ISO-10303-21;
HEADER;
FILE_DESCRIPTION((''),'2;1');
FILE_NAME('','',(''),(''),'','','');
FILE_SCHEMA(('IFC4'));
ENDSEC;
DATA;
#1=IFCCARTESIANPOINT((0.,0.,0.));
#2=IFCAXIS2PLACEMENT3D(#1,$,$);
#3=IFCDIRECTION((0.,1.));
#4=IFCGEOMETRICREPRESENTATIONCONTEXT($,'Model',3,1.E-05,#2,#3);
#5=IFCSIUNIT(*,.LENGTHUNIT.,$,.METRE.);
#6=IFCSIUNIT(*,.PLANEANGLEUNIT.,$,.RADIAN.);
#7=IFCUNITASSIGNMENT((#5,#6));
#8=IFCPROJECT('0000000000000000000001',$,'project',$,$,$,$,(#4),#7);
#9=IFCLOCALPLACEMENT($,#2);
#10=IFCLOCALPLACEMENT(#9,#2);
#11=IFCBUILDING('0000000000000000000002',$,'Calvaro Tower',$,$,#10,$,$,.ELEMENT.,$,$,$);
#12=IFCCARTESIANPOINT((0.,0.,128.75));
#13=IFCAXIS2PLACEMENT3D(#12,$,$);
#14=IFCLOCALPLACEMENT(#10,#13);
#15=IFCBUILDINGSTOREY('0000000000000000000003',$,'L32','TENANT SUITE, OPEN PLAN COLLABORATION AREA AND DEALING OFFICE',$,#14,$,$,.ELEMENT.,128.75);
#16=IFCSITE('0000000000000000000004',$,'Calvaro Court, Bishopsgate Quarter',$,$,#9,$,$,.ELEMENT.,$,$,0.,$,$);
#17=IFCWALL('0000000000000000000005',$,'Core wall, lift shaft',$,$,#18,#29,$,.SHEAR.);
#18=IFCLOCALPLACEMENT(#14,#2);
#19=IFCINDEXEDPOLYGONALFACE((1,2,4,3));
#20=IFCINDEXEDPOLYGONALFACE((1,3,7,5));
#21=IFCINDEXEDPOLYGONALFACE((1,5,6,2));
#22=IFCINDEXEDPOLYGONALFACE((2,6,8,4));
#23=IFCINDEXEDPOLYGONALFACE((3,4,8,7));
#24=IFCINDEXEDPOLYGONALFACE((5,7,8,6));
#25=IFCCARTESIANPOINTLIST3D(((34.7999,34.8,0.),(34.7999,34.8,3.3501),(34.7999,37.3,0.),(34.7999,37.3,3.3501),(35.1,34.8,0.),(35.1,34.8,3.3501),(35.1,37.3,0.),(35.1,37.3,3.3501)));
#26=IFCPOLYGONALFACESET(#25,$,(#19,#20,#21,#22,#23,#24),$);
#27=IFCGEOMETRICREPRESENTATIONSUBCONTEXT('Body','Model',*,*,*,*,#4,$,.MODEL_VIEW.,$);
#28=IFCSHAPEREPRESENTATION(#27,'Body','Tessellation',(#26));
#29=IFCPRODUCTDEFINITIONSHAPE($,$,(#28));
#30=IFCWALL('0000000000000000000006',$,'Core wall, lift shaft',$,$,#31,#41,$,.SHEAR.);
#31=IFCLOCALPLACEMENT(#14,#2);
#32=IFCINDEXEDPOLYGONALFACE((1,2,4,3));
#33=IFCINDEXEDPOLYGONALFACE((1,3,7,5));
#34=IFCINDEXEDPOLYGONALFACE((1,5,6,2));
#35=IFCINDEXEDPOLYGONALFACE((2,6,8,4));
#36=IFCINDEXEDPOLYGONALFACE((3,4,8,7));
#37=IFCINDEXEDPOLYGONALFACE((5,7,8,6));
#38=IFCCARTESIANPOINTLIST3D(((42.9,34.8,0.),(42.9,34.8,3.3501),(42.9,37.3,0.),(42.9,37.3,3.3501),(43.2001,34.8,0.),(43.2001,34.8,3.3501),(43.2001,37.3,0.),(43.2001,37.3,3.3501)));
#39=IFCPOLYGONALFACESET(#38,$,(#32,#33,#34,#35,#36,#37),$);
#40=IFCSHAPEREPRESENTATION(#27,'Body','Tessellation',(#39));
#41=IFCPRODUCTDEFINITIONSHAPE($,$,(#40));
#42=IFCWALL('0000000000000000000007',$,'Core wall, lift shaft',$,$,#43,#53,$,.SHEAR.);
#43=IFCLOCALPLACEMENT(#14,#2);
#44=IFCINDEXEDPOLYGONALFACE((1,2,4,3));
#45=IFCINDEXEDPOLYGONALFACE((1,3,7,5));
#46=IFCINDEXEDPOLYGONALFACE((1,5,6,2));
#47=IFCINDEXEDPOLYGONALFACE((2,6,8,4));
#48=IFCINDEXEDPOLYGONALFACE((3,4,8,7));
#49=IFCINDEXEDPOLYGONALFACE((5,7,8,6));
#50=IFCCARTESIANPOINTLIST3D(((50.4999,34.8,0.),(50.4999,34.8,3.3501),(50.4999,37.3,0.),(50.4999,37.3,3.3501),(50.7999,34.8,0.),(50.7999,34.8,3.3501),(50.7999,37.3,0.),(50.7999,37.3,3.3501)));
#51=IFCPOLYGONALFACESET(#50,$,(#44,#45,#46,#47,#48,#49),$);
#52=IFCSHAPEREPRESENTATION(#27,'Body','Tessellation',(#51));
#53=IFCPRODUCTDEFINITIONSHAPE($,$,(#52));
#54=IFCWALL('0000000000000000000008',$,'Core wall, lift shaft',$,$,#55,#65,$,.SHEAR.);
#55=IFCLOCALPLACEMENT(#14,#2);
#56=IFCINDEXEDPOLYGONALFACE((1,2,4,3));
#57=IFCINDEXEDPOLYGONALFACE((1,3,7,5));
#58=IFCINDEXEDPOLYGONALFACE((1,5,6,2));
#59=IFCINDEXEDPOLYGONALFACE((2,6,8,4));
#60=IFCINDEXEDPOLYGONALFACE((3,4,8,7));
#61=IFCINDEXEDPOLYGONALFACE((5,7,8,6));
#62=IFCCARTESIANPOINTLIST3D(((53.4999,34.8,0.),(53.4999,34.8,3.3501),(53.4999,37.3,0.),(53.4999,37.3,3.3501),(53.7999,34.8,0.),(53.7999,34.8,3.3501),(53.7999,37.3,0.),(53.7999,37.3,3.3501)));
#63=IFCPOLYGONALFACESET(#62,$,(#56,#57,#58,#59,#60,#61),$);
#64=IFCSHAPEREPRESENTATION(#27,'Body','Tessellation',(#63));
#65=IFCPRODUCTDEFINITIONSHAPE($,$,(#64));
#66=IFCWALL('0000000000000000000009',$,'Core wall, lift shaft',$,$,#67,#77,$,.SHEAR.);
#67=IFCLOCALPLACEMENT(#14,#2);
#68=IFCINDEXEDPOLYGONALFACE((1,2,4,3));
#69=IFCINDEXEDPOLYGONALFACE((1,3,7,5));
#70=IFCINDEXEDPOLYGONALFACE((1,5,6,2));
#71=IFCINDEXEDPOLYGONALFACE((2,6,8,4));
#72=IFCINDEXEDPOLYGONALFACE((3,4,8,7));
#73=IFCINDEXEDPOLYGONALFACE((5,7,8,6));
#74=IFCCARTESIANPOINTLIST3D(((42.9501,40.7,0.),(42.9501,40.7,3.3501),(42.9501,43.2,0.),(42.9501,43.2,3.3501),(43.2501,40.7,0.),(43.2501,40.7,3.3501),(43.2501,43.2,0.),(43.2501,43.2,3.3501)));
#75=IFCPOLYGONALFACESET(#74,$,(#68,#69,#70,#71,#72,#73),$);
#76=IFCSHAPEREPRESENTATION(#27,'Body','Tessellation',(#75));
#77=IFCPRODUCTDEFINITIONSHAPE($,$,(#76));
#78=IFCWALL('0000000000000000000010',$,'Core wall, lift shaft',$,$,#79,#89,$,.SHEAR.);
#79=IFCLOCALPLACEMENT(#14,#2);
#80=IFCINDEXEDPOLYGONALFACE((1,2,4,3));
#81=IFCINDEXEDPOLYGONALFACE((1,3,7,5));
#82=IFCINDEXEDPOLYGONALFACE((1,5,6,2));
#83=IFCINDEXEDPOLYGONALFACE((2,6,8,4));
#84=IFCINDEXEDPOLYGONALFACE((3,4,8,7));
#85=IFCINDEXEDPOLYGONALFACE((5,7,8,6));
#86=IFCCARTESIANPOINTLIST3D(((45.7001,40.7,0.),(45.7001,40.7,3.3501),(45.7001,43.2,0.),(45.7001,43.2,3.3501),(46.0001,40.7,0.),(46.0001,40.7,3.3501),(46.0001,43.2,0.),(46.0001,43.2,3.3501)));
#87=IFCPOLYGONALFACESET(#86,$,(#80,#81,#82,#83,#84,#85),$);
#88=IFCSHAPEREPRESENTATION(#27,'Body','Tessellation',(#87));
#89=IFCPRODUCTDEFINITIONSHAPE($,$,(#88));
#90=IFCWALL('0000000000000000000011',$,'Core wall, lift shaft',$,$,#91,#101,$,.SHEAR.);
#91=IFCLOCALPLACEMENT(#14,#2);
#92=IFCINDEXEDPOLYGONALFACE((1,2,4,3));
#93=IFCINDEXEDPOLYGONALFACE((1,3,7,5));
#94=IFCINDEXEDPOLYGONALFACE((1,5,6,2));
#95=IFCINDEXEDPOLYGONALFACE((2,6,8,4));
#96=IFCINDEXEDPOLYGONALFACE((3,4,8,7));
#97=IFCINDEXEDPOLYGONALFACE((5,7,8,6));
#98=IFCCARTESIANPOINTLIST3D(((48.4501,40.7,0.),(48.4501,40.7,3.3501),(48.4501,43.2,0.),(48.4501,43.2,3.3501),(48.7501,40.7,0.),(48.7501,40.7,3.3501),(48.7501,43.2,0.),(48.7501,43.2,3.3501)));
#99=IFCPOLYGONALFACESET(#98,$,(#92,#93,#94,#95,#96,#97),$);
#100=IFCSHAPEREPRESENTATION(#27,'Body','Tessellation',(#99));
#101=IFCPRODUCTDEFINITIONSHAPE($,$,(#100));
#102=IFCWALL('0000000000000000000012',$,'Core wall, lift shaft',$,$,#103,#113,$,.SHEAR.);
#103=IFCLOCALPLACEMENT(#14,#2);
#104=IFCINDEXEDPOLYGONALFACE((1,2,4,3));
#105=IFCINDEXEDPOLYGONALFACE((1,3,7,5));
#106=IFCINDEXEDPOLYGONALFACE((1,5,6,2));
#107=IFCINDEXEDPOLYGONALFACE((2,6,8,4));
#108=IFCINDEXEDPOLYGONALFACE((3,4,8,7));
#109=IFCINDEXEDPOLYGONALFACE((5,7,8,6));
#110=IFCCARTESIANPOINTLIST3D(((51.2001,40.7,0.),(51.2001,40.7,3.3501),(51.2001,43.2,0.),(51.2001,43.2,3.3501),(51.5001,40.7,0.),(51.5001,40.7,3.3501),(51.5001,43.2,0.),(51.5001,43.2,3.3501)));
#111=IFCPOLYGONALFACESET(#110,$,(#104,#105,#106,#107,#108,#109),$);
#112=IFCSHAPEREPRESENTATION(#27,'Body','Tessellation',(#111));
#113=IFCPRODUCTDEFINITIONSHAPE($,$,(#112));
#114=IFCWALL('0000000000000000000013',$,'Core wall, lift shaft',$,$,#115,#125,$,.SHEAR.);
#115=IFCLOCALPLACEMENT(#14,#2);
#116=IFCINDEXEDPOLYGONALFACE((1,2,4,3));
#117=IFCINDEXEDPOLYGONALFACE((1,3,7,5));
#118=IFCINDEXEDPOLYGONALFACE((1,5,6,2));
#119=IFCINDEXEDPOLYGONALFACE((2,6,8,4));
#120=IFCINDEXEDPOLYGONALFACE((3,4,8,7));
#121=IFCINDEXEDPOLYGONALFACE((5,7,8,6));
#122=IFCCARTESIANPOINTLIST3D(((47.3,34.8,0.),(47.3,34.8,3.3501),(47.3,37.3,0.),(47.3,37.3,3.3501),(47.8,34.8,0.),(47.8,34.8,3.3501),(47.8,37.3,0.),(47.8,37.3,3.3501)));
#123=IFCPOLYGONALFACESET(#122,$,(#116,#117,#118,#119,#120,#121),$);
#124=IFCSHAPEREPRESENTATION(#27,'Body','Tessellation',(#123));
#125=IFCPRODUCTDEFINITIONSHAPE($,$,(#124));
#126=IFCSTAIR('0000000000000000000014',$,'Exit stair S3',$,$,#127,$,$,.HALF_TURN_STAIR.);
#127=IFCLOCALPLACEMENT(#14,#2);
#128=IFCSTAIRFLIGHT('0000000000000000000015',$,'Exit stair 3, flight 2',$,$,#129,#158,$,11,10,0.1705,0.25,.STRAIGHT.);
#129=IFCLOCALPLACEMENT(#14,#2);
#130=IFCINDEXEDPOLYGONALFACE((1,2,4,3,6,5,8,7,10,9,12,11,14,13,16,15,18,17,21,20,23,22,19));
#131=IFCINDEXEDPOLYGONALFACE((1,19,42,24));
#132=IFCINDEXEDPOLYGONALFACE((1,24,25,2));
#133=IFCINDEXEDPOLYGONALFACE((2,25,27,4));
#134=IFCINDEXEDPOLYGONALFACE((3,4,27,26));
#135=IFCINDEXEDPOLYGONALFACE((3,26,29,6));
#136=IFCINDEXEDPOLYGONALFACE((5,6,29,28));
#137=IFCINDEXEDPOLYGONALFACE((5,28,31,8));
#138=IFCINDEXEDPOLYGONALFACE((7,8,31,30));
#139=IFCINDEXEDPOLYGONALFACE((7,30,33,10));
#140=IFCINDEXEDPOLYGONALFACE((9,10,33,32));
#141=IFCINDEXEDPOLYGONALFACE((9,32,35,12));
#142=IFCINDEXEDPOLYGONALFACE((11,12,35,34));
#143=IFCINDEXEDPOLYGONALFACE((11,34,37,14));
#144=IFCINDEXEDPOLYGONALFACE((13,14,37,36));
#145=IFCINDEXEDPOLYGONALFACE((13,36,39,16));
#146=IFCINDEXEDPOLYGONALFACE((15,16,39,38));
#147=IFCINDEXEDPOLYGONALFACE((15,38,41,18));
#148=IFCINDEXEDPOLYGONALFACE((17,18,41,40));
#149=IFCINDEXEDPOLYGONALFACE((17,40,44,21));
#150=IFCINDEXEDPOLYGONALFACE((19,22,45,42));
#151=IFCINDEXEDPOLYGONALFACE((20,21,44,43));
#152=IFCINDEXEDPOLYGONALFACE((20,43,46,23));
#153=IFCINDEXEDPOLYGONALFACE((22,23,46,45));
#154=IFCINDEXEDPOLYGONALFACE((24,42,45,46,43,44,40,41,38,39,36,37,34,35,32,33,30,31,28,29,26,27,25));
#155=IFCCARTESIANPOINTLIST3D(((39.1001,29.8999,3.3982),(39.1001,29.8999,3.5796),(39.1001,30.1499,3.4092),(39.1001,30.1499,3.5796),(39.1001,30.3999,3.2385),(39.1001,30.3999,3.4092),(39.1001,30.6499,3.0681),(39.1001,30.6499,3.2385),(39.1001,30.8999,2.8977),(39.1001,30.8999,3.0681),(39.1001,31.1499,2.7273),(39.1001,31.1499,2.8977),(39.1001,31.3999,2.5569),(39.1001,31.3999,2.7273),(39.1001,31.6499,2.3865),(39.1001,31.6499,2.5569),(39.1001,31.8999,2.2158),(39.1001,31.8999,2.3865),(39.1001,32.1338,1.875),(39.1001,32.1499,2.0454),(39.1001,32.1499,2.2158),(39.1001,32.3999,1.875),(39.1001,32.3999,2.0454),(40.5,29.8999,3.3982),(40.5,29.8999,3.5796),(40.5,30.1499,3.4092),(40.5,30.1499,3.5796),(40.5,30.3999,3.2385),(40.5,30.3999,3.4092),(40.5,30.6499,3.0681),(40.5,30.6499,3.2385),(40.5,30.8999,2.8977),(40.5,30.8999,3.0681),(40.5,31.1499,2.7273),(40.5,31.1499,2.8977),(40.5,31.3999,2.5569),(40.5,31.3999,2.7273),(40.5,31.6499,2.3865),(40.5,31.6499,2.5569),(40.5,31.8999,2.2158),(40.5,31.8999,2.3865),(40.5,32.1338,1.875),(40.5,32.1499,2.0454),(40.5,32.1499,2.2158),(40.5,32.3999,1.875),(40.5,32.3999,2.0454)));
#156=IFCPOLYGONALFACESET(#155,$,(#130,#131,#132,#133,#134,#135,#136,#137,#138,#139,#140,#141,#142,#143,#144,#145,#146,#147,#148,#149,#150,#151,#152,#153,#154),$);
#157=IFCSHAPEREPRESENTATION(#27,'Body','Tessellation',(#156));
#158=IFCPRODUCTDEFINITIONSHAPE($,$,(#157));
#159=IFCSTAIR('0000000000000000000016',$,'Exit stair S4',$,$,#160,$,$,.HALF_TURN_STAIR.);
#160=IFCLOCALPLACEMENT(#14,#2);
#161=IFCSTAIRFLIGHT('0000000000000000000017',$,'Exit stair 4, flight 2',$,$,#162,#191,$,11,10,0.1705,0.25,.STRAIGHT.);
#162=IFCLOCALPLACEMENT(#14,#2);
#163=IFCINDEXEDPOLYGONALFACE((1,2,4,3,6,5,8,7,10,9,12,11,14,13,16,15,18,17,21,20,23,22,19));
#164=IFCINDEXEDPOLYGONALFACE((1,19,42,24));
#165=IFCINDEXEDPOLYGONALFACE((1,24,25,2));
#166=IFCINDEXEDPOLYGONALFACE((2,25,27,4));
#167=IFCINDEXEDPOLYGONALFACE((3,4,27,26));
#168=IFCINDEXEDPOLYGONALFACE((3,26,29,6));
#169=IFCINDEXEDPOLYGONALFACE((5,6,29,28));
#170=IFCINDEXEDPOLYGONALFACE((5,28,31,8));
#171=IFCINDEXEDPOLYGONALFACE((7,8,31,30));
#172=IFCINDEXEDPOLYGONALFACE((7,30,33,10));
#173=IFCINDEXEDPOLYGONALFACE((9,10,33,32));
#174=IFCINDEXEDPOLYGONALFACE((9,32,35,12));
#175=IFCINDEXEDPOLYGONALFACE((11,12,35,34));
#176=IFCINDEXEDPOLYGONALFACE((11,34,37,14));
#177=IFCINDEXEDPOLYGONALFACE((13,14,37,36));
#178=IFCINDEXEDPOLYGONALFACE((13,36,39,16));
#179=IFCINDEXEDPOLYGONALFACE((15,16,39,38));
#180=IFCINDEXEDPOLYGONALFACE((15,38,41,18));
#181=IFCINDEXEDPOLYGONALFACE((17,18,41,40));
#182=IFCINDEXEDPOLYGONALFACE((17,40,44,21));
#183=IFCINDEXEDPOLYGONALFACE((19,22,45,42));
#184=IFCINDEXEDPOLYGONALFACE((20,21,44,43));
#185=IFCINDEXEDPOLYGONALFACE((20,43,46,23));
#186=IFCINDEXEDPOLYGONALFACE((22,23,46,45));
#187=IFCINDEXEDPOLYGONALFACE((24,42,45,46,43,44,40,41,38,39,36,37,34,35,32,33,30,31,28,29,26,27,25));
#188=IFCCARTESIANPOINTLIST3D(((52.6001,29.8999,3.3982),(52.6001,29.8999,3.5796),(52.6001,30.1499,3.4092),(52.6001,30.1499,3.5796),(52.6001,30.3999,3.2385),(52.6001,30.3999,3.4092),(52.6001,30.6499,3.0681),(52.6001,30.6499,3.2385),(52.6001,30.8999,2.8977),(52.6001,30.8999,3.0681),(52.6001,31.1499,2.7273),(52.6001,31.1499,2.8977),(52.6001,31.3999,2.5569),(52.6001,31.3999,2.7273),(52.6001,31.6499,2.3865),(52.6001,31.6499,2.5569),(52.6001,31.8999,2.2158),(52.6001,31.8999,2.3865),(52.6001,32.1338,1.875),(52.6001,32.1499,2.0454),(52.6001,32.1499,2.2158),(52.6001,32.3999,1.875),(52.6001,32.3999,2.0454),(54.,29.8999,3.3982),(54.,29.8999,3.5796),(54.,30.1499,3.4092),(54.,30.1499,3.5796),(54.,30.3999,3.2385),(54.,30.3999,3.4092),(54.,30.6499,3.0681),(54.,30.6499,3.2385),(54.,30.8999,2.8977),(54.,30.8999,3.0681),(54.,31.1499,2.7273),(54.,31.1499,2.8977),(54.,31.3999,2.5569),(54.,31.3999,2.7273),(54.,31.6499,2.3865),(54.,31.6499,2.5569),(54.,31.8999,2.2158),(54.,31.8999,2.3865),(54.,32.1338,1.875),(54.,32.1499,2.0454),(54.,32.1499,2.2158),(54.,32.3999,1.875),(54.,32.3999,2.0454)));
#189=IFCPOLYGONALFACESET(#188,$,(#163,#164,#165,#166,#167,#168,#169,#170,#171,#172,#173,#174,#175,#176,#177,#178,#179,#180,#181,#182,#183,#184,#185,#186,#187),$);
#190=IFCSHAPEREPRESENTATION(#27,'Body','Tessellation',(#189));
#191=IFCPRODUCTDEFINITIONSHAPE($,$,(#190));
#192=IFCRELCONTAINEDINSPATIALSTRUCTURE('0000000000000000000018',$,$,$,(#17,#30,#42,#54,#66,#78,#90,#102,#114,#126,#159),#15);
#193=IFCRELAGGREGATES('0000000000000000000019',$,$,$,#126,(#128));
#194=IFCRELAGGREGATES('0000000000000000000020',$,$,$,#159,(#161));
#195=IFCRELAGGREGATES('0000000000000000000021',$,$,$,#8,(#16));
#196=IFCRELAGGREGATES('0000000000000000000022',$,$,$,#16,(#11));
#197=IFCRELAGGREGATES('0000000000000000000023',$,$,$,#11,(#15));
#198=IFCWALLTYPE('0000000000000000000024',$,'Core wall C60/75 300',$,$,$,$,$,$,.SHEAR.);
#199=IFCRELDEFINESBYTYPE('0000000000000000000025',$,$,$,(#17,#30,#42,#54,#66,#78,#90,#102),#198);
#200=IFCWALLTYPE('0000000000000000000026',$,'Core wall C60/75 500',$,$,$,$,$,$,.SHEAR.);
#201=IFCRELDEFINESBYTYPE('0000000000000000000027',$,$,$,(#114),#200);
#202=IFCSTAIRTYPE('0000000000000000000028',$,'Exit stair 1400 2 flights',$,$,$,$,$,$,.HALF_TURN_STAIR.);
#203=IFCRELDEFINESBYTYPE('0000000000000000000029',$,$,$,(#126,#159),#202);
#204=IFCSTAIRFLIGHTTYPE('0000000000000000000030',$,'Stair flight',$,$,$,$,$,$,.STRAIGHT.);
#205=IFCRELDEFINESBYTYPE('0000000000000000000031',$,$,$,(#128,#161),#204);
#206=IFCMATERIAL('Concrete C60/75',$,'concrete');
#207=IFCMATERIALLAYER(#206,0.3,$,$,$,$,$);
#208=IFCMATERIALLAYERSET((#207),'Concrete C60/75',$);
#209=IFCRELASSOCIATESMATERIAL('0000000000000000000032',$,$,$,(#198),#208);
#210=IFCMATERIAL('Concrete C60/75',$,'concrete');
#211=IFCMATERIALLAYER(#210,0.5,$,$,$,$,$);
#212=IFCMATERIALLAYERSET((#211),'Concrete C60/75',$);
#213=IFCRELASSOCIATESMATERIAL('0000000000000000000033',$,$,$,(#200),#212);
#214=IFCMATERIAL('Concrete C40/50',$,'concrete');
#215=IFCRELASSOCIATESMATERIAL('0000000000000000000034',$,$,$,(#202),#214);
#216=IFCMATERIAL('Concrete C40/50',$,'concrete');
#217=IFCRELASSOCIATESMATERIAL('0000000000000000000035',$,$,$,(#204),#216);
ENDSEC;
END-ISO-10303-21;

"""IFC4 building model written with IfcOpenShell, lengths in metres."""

from ifc_helpers import new_model, si_unit, direction, frame, frame_2d, origin, place, context, subcontext, project, spatial, polyline, rectangle, outline, extrude, material, layer, layer_set, type_object, element, aggregate, save


model = new_model("IFC4")

# Units and contexts
model_context = context("Model", 3, precision=1e-05, world=origin(), true_north=direction((0.0, 1.0)))
body_context = subcontext(model_context, "Body", "Model", "MODEL_VIEW")
ifc_project = project(units=[si_unit("LENGTHUNIT", "METRE"), si_unit("PLANEANGLEUNIT", "RADIAN")], contexts=[model_context])

# Site, building, storey
site_placement = place(None, origin())
site = spatial("IfcSite", under=ifc_project, at=site_placement, Name="Calvaro Court, Bishopsgate Quarter", CompositionType="ELEMENT", RefElevation=0.0)
building_placement = place(site_placement, origin())
building = spatial("IfcBuilding", under=site, at=building_placement, Name="Calvaro Tower", CompositionType="ELEMENT")
storey_placement = place(building_placement, frame((0.0, 0.0, 128.75)))
storey = spatial("IfcBuildingStorey", under=building, at=storey_placement, Name="L32", Description="TENANT SUITE, OPEN PLAN COLLABORATION AREA AND DEALING OFFICE", CompositionType="ELEMENT", Elevation=128.75)

# Shared definitions
ifc_material_1 = material(Name="Concrete C60/75", Category="concrete")
ifc_layer_1 = layer(ifc_material_1, 0.3)
ifc_layer_set_1 = layer_set([ifc_layer_1], Name="Concrete C60/75")
wall_type_1 = type_object("IfcWallType", Name="Core wall C60/75 300", PredefinedType="SHEAR", material=ifc_layer_set_1)

# Walls
for number, where, z_axis, x_axis, name in (
    (1, (34.95, 34.8, 0.0), (0.0, 0.0, 1.0), (0.0, 1.0, 0.0), "Core wall, lift shaft"),
    (2, (43.05, 34.8, 0.0), (0.0, 0.0, 1.0), (0.0, 1.0, 0.0), "Core wall, lift shaft"),
    (3, (50.6499, 34.8, 0.0), (0.0, 0.0, 1.0), (0.0, 1.0, 0.0), "Core wall, lift shaft"),
    (4, (53.6499, 34.8, 0.0), (0.0, 0.0, 1.0), (0.0, 1.0, 0.0), "Core wall, lift shaft"),
    (5, (43.1001, 40.7, 0.0), (0.0, 0.0, 1.0), (0.0, 1.0, 0.0), "Core wall, lift shaft"),
    (6, (45.8501, 40.7, 0.0), (0.0, 0.0, 1.0), (0.0, 1.0, 0.0), "Core wall, lift shaft"),
    (7, (48.6001, 40.7, 0.0), (0.0, 0.0, 1.0), (0.0, 1.0, 0.0), "Core wall, lift shaft"),
    (8, (51.3501, 40.7, 0.0), (0.0, 0.0, 1.0), (0.0, 1.0, 0.0), "Core wall, lift shaft"),
):
    element("IfcWall", number, at=place(storey_placement, frame(where, z_axis=z_axis, x_axis=x_axis)), inside=storey, type_object=wall_type_1, Name=name, PredefinedType="SHEAR", context=body_context, shape_type="SweptSolid", body=[
        extrude(rectangle(XDim=2.5, YDim=0.3, at=frame_2d((1.25, 0.0))), origin(), (0.0, 0.0, 1.0), 3.3501),
    ])
ifc_material_2 = material(Name="Concrete C60/75", Category="concrete")
ifc_layer_2 = layer(ifc_material_2, 0.5)
ifc_layer_set_2 = layer_set([ifc_layer_2], Name="Concrete C60/75")
wall_type_2 = type_object("IfcWallType", Name="Core wall C60/75 500", PredefinedType="SHEAR", material=ifc_layer_set_2)
wall_1_placement = place(storey_placement, frame((47.55, 34.8, 0.0), z_axis=(0.0, 0.0, 1.0), x_axis=(0.0, 1.0, 0.0)))
element("IfcWall", 9, at=wall_1_placement, inside=storey, type_object=wall_type_2, Name="Core wall, lift shaft", PredefinedType="SHEAR", context=body_context, shape_type="SweptSolid", body=[
    extrude(rectangle(XDim=2.5, YDim=0.5, at=frame_2d((1.25, 0.0))), origin(), (0.0, 0.0, 1.0), 3.3501),
])

# Stairs, stair flights
ifc_material_3 = material(Name="Concrete C40/50", Category="concrete")
stair_type = type_object("IfcStairType", Name="Exit stair 1400 2 flights", PredefinedType="HALF_TURN_STAIR", material=ifc_material_3)
stair_1_placement = place(storey_placement, origin())
stair_1 = element("IfcStair", 10, at=stair_1_placement, inside=storey, type_object=stair_type, Name="Exit stair S3", PredefinedType="HALF_TURN_STAIR")
ifc_material_4 = material(Name="Concrete C40/50", Category="concrete")
stair_flight_type = type_object("IfcStairFlightType", Name="Stair flight", PredefinedType="STRAIGHT", material=ifc_material_4)
stair_flight_1_placement = place(storey_placement, frame((39.8, 32.3999, 1.875), z_axis=(0.0, 0.0, 1.0), x_axis=(0.0, -1.0, 0.0)))
stair_flight_1 = element("IfcStairFlight", 11, at=stair_flight_1_placement, type_object=stair_flight_type, Name="Exit stair 3, flight 2", NumberOfRisers=11, NumberOfTreads=10, PredefinedType="STRAIGHT", RiserHeight=0.1705, TreadLength=0.25, context=body_context, shape_type="SweptSolid", body=[
    extrude(outline(polyline([(0.0, 0.0), (0.0, 0.1704), (0.25, 0.1704), (0.25, 0.3408), (0.5, 0.3408), (0.5, 0.5115), (0.75, 0.5115), (0.75, 0.6819), (1.0, 0.6819), (1.0, 0.8523), (1.25, 0.8523), (1.25, 1.0227), (1.5, 1.0227), (1.5, 1.1931), (1.75, 1.1931), (1.75, 1.3635), (2.0, 1.3635), (2.0, 1.5342), (2.25, 1.5342), (2.25, 1.7046), (2.5, 1.7046), (2.5, 1.875), (2.5, 1.5232), (0.2661, 0.0), (0.0, 0.0)])), frame((0.0, 0.7, 0.0), z_axis=(0.0, -1.0, 0.0), x_axis=(1.0, 0.0, 0.0)), (0.0, 0.0, 1.0), 1.3999),
])
stair_2_placement = place(storey_placement, origin())
stair_2 = element("IfcStair", 12, at=stair_2_placement, inside=storey, type_object=stair_type, Name="Exit stair S4", PredefinedType="HALF_TURN_STAIR")
stair_flight_2_placement = place(storey_placement, frame((53.3, 32.3999, 1.875), z_axis=(0.0, 0.0, 1.0), x_axis=(0.0, -1.0, 0.0)))
stair_flight_2 = element("IfcStairFlight", 13, at=stair_flight_2_placement, type_object=stair_flight_type, Name="Exit stair 4, flight 2", NumberOfRisers=11, NumberOfTreads=10, PredefinedType="STRAIGHT", RiserHeight=0.1705, TreadLength=0.25, context=body_context, shape_type="SweptSolid", body=[
    extrude(outline(polyline([(0.0, 0.0), (0.0, 0.1704), (0.25, 0.1704), (0.25, 0.3408), (0.5, 0.3408), (0.5, 0.5115), (0.75, 0.5115), (0.75, 0.6819), (1.0, 0.6819), (1.0, 0.8523), (1.25, 0.8523), (1.25, 1.0227), (1.5, 1.0227), (1.5, 1.1931), (1.75, 1.1931), (1.75, 1.3635), (2.0, 1.3635), (2.0, 1.5342), (2.25, 1.5342), (2.25, 1.7046), (2.5, 1.7046), (2.5, 1.875), (2.5, 1.5232), (0.2661, 0.0), (0.0, 0.0)])), frame((0.0, 0.7, 0.0), z_axis=(0.0, -1.0, 0.0), x_axis=(1.0, 0.0, 0.0)), (0.0, 0.0, 1.0), 1.3999),
])

aggregate(stair_1, [stair_flight_1])
aggregate(stair_2, [stair_flight_2])

save(model, "model.ifc")
